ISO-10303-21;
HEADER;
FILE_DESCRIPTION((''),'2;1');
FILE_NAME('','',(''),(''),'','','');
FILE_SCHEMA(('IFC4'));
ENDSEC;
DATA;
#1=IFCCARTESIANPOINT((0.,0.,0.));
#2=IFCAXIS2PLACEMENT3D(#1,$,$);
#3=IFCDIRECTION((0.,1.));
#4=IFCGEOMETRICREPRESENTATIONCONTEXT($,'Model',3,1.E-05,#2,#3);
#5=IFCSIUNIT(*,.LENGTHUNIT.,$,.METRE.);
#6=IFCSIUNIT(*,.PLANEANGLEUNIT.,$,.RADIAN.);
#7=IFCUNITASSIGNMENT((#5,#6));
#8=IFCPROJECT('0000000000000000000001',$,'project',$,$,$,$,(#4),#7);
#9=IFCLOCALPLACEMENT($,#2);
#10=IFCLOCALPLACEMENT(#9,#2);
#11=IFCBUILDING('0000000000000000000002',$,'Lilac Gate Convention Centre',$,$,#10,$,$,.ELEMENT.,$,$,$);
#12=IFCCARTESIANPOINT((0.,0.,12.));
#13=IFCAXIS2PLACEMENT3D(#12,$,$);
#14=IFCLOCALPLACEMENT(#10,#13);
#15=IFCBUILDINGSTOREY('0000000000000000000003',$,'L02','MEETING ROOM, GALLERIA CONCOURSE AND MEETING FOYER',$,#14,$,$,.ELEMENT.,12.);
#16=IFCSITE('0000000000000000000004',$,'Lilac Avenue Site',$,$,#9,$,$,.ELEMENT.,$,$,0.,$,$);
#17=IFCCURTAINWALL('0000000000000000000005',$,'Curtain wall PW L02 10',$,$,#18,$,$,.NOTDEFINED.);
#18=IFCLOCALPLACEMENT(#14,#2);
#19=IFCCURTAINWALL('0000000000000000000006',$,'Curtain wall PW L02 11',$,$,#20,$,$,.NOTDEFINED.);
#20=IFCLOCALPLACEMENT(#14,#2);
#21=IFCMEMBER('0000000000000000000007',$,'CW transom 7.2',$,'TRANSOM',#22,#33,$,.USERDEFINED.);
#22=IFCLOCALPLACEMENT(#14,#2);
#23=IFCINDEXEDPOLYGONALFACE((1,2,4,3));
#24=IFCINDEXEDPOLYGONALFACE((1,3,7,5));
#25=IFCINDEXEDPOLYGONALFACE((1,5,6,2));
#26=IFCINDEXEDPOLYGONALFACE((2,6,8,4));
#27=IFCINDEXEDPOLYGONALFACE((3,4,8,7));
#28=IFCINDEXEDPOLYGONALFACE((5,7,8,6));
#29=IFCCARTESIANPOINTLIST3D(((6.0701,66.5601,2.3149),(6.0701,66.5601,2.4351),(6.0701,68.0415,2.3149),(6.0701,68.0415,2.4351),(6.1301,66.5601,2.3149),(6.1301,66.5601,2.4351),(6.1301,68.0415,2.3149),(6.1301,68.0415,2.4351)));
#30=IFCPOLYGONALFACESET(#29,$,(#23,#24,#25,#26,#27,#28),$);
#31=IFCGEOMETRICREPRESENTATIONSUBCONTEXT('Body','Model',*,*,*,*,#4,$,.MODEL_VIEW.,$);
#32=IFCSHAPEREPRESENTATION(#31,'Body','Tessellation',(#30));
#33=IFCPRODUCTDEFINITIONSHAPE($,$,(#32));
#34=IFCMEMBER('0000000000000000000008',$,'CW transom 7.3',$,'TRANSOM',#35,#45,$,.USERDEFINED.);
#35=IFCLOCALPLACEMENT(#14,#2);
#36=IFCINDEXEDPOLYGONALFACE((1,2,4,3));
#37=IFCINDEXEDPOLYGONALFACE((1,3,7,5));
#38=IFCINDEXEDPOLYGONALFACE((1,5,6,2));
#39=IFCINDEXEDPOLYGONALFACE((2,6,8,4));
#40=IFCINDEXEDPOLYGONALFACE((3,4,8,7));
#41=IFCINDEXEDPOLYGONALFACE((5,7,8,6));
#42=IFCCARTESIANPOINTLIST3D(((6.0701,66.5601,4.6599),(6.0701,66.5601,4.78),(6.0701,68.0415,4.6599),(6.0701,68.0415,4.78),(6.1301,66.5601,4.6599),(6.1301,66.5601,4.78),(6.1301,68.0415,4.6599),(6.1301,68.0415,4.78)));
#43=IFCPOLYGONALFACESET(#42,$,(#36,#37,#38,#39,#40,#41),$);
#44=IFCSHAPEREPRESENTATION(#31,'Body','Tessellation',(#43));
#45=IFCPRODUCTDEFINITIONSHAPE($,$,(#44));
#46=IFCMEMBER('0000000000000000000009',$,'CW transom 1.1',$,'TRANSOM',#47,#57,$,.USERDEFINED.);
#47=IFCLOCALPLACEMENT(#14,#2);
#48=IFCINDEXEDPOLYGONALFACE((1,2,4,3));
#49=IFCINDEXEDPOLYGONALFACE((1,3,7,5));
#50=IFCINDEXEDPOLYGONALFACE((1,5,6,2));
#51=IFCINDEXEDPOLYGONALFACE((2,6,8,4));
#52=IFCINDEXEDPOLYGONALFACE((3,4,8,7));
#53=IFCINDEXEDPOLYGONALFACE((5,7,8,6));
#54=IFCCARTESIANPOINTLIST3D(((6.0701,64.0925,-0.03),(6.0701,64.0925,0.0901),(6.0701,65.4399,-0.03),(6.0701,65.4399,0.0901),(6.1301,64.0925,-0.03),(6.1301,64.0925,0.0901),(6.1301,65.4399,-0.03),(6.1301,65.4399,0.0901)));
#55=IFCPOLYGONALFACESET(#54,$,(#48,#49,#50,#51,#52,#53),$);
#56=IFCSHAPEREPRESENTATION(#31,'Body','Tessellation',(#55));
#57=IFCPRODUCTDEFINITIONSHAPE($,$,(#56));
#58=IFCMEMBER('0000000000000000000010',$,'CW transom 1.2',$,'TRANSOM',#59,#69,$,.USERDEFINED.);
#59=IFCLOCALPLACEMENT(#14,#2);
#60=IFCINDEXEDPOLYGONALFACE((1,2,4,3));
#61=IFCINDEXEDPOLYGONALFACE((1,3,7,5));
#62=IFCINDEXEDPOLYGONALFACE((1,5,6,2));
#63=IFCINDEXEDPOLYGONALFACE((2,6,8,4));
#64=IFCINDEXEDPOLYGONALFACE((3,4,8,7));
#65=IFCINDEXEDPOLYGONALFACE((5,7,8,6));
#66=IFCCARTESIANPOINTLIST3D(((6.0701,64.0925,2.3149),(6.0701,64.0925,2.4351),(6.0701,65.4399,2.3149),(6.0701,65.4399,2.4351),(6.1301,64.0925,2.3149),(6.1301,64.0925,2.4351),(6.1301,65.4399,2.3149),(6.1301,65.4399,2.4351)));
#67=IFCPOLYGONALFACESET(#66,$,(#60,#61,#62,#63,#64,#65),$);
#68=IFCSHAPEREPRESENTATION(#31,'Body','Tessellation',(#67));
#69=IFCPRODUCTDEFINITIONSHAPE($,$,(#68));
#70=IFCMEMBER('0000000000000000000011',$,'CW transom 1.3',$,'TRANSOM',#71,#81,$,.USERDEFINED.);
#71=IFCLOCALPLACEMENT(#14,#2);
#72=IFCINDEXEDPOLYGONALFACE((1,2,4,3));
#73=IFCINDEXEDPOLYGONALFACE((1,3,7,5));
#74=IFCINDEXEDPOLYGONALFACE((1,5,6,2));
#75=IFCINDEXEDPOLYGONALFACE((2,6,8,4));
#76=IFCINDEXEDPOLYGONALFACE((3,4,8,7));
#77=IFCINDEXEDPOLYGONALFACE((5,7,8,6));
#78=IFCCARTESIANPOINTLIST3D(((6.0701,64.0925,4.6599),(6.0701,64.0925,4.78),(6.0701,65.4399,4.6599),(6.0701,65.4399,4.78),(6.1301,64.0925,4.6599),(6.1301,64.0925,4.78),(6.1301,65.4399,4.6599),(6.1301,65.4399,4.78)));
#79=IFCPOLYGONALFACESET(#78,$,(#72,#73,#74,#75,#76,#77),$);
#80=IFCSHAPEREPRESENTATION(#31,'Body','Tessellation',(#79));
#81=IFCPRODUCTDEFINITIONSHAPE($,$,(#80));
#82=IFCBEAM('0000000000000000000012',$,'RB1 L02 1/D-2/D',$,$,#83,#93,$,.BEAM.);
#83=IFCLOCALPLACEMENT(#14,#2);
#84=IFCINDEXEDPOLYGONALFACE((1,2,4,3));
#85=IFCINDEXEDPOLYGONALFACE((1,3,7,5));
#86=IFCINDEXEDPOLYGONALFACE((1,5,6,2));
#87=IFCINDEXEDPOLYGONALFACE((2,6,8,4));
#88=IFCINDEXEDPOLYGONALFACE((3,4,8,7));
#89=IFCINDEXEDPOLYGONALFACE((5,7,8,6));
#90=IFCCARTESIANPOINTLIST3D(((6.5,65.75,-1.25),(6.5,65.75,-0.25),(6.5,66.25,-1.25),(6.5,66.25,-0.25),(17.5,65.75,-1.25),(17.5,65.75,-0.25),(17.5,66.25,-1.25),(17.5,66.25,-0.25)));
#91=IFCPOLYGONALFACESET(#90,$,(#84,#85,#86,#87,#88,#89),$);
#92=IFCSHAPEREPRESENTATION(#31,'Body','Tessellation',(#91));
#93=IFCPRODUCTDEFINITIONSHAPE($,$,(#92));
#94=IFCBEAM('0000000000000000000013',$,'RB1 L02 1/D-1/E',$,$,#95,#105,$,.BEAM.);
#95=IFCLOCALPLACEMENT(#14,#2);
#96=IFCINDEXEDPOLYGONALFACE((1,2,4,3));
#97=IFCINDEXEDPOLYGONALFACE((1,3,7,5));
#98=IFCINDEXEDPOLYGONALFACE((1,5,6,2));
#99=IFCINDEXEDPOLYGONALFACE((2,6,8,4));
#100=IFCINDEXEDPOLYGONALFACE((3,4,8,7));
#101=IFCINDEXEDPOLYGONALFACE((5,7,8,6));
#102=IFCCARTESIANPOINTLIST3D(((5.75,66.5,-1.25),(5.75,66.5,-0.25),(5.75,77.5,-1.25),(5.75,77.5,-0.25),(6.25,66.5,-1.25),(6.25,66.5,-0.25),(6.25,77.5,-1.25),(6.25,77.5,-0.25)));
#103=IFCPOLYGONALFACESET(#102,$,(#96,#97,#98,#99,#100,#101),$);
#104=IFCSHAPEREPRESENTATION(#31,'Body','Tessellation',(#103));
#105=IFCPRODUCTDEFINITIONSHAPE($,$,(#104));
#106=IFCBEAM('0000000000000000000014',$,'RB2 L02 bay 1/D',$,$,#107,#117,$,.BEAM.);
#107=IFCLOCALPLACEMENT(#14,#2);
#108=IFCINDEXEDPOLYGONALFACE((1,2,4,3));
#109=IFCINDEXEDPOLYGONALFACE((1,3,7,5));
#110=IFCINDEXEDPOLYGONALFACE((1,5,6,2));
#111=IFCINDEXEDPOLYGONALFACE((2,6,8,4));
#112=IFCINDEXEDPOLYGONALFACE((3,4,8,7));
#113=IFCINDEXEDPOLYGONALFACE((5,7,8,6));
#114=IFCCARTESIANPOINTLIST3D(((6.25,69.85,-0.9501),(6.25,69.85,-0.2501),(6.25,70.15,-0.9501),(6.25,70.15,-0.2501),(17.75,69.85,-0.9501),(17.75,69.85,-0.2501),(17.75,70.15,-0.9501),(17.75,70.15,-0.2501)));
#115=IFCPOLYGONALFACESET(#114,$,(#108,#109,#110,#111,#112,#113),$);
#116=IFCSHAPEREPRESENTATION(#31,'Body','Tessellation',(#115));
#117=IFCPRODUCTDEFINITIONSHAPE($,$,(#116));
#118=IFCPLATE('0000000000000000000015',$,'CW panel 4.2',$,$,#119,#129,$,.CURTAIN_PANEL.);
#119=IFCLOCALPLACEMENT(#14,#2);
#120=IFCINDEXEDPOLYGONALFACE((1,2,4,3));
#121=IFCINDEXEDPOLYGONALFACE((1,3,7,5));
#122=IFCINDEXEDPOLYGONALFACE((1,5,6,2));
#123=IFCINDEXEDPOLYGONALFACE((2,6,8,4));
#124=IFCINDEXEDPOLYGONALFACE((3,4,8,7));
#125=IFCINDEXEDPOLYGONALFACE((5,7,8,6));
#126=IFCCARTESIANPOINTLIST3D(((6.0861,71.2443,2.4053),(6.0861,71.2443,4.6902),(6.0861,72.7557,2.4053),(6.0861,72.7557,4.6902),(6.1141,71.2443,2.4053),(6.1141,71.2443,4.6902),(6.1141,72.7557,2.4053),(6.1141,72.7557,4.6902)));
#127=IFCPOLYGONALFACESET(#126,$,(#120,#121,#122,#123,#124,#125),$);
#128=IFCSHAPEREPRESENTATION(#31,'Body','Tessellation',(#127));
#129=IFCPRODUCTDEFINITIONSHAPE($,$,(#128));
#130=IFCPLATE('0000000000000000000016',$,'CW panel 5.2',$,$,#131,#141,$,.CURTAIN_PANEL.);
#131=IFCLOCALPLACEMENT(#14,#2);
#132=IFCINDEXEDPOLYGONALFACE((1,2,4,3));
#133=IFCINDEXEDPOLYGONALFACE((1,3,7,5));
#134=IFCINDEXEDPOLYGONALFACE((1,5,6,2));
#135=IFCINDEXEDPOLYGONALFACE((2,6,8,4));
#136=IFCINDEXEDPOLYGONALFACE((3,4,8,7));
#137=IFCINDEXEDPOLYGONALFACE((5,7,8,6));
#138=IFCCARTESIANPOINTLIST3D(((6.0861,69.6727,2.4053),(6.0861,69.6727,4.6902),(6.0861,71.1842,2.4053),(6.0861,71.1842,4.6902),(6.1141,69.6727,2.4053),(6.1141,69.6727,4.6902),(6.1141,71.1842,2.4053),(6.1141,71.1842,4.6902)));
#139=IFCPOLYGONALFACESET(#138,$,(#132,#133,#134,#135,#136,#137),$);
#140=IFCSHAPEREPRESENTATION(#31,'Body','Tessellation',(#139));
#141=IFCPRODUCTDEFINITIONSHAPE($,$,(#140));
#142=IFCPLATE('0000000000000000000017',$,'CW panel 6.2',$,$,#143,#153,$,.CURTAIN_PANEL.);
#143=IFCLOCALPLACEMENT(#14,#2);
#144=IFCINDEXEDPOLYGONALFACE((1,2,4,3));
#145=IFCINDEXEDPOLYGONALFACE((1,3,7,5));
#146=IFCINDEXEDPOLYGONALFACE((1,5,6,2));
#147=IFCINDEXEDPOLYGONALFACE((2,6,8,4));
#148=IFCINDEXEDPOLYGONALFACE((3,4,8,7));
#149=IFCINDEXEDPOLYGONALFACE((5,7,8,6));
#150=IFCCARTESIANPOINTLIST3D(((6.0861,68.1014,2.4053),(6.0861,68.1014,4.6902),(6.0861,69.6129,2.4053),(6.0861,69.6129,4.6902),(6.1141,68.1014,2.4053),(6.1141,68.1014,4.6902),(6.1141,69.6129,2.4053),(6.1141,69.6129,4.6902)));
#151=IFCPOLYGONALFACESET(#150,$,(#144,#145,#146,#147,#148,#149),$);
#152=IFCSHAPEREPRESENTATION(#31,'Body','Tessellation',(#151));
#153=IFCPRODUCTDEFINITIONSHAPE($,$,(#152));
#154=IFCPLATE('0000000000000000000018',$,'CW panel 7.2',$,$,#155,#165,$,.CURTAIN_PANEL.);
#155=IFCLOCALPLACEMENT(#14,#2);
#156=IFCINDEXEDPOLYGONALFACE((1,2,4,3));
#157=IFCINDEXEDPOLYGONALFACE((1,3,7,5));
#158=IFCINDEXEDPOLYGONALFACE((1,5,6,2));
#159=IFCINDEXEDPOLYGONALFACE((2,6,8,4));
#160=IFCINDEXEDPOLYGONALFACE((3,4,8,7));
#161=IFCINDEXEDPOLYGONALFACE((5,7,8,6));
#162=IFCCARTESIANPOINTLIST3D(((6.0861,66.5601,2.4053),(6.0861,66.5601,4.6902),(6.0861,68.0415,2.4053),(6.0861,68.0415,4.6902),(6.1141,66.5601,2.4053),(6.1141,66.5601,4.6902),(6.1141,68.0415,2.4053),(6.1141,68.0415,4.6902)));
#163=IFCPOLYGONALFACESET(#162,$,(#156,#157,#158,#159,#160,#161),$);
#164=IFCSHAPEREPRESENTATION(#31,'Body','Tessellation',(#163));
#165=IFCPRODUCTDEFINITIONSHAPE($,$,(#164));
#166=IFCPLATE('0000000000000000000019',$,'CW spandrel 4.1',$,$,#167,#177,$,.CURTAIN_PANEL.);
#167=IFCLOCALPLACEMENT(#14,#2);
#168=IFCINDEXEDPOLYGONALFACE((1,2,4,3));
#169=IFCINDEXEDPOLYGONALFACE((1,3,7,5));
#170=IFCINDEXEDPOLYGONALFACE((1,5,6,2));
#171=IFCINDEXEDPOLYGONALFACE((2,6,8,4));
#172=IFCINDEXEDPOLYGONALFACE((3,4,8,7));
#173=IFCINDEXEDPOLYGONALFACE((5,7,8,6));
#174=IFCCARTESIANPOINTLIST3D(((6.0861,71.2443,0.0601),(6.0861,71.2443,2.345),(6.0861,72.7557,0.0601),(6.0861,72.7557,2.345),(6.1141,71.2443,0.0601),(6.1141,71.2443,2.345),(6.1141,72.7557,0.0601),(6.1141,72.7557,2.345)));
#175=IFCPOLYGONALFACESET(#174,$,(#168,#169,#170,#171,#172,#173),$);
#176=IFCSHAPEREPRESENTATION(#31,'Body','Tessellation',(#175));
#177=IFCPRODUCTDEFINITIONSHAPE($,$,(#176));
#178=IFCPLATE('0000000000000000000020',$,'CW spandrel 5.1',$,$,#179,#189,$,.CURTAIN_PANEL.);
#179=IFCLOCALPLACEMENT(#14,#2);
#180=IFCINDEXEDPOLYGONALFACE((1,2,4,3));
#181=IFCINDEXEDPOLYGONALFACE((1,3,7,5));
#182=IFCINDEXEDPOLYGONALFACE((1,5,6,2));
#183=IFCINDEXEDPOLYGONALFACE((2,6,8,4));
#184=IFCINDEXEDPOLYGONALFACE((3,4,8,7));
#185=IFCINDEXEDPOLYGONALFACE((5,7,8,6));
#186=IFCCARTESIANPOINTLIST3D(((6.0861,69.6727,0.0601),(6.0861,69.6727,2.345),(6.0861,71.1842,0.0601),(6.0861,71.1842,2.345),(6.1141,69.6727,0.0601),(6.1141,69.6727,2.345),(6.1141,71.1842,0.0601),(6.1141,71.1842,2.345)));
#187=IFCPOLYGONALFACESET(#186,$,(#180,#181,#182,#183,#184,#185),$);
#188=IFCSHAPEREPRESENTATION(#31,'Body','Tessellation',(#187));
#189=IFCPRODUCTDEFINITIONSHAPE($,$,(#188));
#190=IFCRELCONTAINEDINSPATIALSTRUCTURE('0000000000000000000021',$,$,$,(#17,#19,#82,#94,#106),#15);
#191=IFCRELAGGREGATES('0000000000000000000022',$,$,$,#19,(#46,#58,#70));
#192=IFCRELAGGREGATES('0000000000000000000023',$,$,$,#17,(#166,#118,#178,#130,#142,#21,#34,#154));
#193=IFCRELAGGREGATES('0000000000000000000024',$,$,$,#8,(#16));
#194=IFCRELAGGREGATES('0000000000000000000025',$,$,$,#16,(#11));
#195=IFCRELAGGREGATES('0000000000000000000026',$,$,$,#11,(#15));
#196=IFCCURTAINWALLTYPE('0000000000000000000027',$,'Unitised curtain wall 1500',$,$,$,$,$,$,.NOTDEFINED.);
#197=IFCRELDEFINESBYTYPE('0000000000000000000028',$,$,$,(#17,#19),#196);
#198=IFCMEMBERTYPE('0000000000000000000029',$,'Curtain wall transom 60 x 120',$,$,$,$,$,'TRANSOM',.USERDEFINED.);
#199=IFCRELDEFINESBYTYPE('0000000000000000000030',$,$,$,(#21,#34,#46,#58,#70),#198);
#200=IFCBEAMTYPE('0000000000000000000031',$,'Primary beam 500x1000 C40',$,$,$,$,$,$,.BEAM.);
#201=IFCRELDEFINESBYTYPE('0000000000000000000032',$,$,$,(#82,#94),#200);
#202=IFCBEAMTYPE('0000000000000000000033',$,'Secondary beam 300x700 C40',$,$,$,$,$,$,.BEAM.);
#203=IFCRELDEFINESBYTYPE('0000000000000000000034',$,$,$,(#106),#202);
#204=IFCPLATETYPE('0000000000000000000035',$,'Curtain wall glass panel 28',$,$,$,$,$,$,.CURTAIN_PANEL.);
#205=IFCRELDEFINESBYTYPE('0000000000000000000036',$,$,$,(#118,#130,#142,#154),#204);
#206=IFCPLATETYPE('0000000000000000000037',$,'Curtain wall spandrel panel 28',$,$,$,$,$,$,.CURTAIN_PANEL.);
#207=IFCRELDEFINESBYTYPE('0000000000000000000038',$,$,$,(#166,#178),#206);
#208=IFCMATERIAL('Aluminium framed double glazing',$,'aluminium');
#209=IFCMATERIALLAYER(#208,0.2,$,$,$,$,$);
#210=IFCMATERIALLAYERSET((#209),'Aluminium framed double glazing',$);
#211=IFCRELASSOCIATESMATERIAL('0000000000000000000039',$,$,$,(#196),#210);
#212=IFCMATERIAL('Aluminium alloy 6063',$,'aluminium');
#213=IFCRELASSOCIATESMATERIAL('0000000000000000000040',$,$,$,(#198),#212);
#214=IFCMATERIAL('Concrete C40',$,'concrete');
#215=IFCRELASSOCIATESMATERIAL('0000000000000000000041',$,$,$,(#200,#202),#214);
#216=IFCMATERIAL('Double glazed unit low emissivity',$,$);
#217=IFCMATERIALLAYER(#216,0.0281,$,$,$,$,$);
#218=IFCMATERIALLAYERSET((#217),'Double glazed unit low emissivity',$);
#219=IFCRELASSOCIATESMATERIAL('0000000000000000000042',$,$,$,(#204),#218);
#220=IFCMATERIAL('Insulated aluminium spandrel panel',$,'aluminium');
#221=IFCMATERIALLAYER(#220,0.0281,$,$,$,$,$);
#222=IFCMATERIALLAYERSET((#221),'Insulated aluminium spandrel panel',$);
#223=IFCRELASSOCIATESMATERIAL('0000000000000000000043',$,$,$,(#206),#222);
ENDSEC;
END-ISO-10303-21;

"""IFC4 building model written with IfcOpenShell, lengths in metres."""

from ifc_helpers import new_model, si_unit, direction, frame, origin, origin_2d, place, context, subcontext, project, spatial, rectangle, extrude, material, layer, layer_set, material_profile, profile_set, type_object, element, aggregate, save


model = new_model("IFC4")

# Units and contexts
model_context = context("Model", 3, precision=1e-05, world=origin(), true_north=direction((0.0, 1.0)))
body_context = subcontext(model_context, "Body", "Model", "MODEL_VIEW")
ifc_project = project(units=[si_unit("LENGTHUNIT", "METRE"), si_unit("PLANEANGLEUNIT", "RADIAN")], contexts=[model_context])

# Site, building, storey
site_placement = place(None, origin())
site = spatial("IfcSite", under=ifc_project, at=site_placement, Name="Lilac Avenue Site", CompositionType="ELEMENT", RefElevation=0.0)
building_placement = place(site_placement, origin())
building = spatial("IfcBuilding", under=site, at=building_placement, Name="Lilac Gate Convention Centre", CompositionType="ELEMENT")
storey_placement = place(building_placement, frame((0.0, 0.0, 12.0)))
storey = spatial("IfcBuildingStorey", under=building, at=storey_placement, Name="L02", Description="MEETING ROOM, GALLERIA CONCOURSE AND MEETING FOYER", CompositionType="ELEMENT", Elevation=12.0)

# Shared definitions
ifc_material_1 = material(Name="Concrete C40", Category="concrete")

# Curtain wall
ifc_material_2 = material(Name="Aluminium framed double glazing", Category="aluminium")
ifc_layer_1 = layer(ifc_material_2, 0.2)
ifc_layer_set_1 = layer_set([ifc_layer_1], Name="Aluminium framed double glazing")
curtain_wall_type = type_object("IfcCurtainWallType", Name="Unitised curtain wall 1500", PredefinedType="NOTDEFINED", material=ifc_layer_set_1)
curtain_wall_1_placement = place(storey_placement, origin())
curtain_wall_1 = element("IfcCurtainWall", 1, at=curtain_wall_1_placement, inside=storey, type_object=curtain_wall_type, Name="Curtain wall PW L02 10", PredefinedType="NOTDEFINED")
ifc_material_3 = material(Name="Aluminium alloy 6063", Category="aluminium")

# Curtain wall
curtain_wall_2_placement = place(storey_placement, origin())
curtain_wall_2 = element("IfcCurtainWall", 2, at=curtain_wall_2_placement, inside=storey, type_object=curtain_wall_type, Name="Curtain wall PW L02 11", PredefinedType="NOTDEFINED")

# Members
ifc_material_profile_1 = material_profile(ifc_material_3, rectangle(XDim=0.0601, YDim=0.1201, at=origin_2d()), Name="Curtain wall transom 60 x 120")
ifc_profile_set_1 = profile_set([ifc_material_profile_1], Name="Aluminium alloy 6063")
member_type_1 = type_object("IfcMemberType", Name="Curtain wall transom 60 x 120", ElementType="TRANSOM", PredefinedType="USERDEFINED", material=ifc_profile_set_1)
member_1_placement = place(storey_placement, frame((6.1001, 68.0415, 2.375), z_axis=(0.0, -1.0, 0.0), x_axis=(1.0, 0.0, 0.0)))
member_1 = element("IfcMember", 3, at=member_1_placement, type_object=member_type_1, Name="CW transom 7.2", ObjectType="TRANSOM", PredefinedType="USERDEFINED", context=body_context, shape_type="SweptSolid", body=[
    extrude(rectangle(XDim=0.0601, YDim=0.1201, at=origin_2d()), origin(), (0.0, 0.0, 1.0), 1.4814),
])
member_2_placement = place(storey_placement, frame((6.1001, 68.0415, 4.72), z_axis=(0.0, -1.0, 0.0), x_axis=(1.0, 0.0, 0.0)))
member_2 = element("IfcMember", 4, at=member_2_placement, type_object=member_type_1, Name="CW transom 7.3", ObjectType="TRANSOM", PredefinedType="USERDEFINED", context=body_context, shape_type="SweptSolid", body=[
    extrude(rectangle(XDim=0.0601, YDim=0.1201, at=origin_2d()), origin(), (0.0, 0.0, 1.0), 1.4814),
])
member_3_placement = place(storey_placement, frame((6.1001, 65.4399, 0.03), z_axis=(0.0, -1.0, 0.0), x_axis=(1.0, 0.0, 0.0)))
member_3 = element("IfcMember", 5, at=member_3_placement, type_object=member_type_1, Name="CW transom 1.1", ObjectType="TRANSOM", PredefinedType="USERDEFINED", context=body_context, shape_type="SweptSolid", body=[
    extrude(rectangle(XDim=0.0601, YDim=0.1201, at=origin_2d()), origin(), (0.0, 0.0, 1.0), 1.3474),
])
member_4_placement = place(storey_placement, frame((6.1001, 65.4399, 2.375), z_axis=(0.0, -1.0, 0.0), x_axis=(1.0, 0.0, 0.0)))
member_4 = element("IfcMember", 6, at=member_4_placement, type_object=member_type_1, Name="CW transom 1.2", ObjectType="TRANSOM", PredefinedType="USERDEFINED", context=body_context, shape_type="SweptSolid", body=[
    extrude(rectangle(XDim=0.0601, YDim=0.1201, at=origin_2d()), origin(), (0.0, 0.0, 1.0), 1.3474),
])
member_5_placement = place(storey_placement, frame((6.1001, 65.4399, 4.72), z_axis=(0.0, -1.0, 0.0), x_axis=(1.0, 0.0, 0.0)))
member_5 = element("IfcMember", 7, at=member_5_placement, type_object=member_type_1, Name="CW transom 1.3", ObjectType="TRANSOM", PredefinedType="USERDEFINED", context=body_context, shape_type="SweptSolid", body=[
    extrude(rectangle(XDim=0.0601, YDim=0.1201, at=origin_2d()), origin(), (0.0, 0.0, 1.0), 1.3474),
])
aggregate(curtain_wall_2, [member_3, member_4, member_5])

# Beams
ifc_material_profile_2 = material_profile(ifc_material_1, rectangle(XDim=0.5, YDim=1.0, at=origin_2d()), Name="RC 500x1000")
ifc_profile_set_2 = profile_set([ifc_material_profile_2], Name="Concrete C40")
beam_type_1 = type_object("IfcBeamType", Name="Primary beam 500x1000 C40", PredefinedType="BEAM", material=ifc_profile_set_2)
for number, where, z_axis, x_axis, name in (
    (8, (6.5, 66.0, -0.75), (1.0, 0.0, 0.0), (0.0, 1.0, 0.0), "RB1 L02 1/D-2/D"),
    (9, (6.0, 66.5, -0.75), (0.0, 1.0, 0.0), (-1.0, 0.0, 0.0), "RB1 L02 1/D-1/E"),
):
    element("IfcBeam", number, at=place(storey_placement, frame(where, z_axis=z_axis, x_axis=x_axis)), inside=storey, type_object=beam_type_1, Name=name, PredefinedType="BEAM", context=body_context, shape_type="SweptSolid", body=[
        extrude(rectangle(XDim=0.5, YDim=1.0, at=origin_2d()), origin(), (0.0, 0.0, 1.0), 11.0),
    ])
ifc_material_profile_3 = material_profile(ifc_material_1, rectangle(XDim=0.3, YDim=0.7, at=origin_2d()), Name="RC 300x700")
ifc_profile_set_3 = profile_set([ifc_material_profile_3], Name="Concrete C40")
beam_type_2 = type_object("IfcBeamType", Name="Secondary beam 300x700 C40", PredefinedType="BEAM", material=ifc_profile_set_3)
beam_placement = place(storey_placement, frame((6.25, 70.0, -0.6001), z_axis=(1.0, 0.0, 0.0), x_axis=(0.0, 1.0, 0.0)))
element("IfcBeam", 10, at=beam_placement, inside=storey, type_object=beam_type_2, Name="RB2 L02 bay 1/D", PredefinedType="BEAM", context=body_context, shape_type="SweptSolid", body=[
    extrude(rectangle(XDim=0.3, YDim=0.7, at=origin_2d()), origin(), (0.0, 0.0, 1.0), 11.5),
])

# Plates
ifc_material_4 = material(Name="Double glazed unit low emissivity")
ifc_layer_2 = layer(ifc_material_4, 0.0281)
ifc_layer_set_2 = layer_set([ifc_layer_2], Name="Double glazed unit low emissivity")
plate_type_1 = type_object("IfcPlateType", Name="Curtain wall glass panel 28", PredefinedType="CURTAIN_PANEL", material=ifc_layer_set_2)
plate_1_placement = place(storey_placement, frame((6.1001, 72.0, 2.4053), z_axis=(0.0, 0.0, 1.0), x_axis=(0.0, -1.0, 0.0)))
plate_1 = element("IfcPlate", 11, at=plate_1_placement, type_object=plate_type_1, Name="CW panel 4.2", PredefinedType="CURTAIN_PANEL", context=body_context, shape_type="SweptSolid", body=[
    extrude(rectangle(XDim=1.5115, YDim=0.0281, at=origin_2d()), origin(), (0.0, 0.0, 1.0), 2.2849),
])
plate_2_placement = place(storey_placement, frame((6.1001, 70.4285, 2.4053), z_axis=(0.0, 0.0, 1.0), x_axis=(0.0, -1.0, 0.0)))
plate_2 = element("IfcPlate", 12, at=plate_2_placement, type_object=plate_type_1, Name="CW panel 5.2", PredefinedType="CURTAIN_PANEL", context=body_context, shape_type="SweptSolid", body=[
    extrude(rectangle(XDim=1.5115, YDim=0.0281, at=origin_2d()), origin(), (0.0, 0.0, 1.0), 2.2849),
])
plate_3_placement = place(storey_placement, frame((6.1001, 68.8572, 2.4053), z_axis=(0.0, 0.0, 1.0), x_axis=(0.0, -1.0, 0.0)))
plate_3 = element("IfcPlate", 13, at=plate_3_placement, type_object=plate_type_1, Name="CW panel 6.2", PredefinedType="CURTAIN_PANEL", context=body_context, shape_type="SweptSolid", body=[
    extrude(rectangle(XDim=1.5115, YDim=0.0281, at=origin_2d()), origin(), (0.0, 0.0, 1.0), 2.2849),
])
plate_4_placement = place(storey_placement, frame((6.1001, 67.3008, 2.4053), z_axis=(0.0, 0.0, 1.0), x_axis=(0.0, -1.0, 0.0)))
plate_4 = element("IfcPlate", 14, at=plate_4_placement, type_object=plate_type_1, Name="CW panel 7.2", PredefinedType="CURTAIN_PANEL", context=body_context, shape_type="SweptSolid", body=[
    extrude(rectangle(XDim=1.4814, YDim=0.0281, at=origin_2d()), origin(), (0.0, 0.0, 1.0), 2.2849),
])
ifc_material_5 = material(Name="Insulated aluminium spandrel panel", Category="aluminium")
ifc_layer_3 = layer(ifc_material_5, 0.0281)
ifc_layer_set_3 = layer_set([ifc_layer_3], Name="Insulated aluminium spandrel panel")
plate_type_2 = type_object("IfcPlateType", Name="Curtain wall spandrel panel 28", PredefinedType="CURTAIN_PANEL", material=ifc_layer_set_3)
plate_5_placement = place(storey_placement, frame((6.1001, 72.0, 0.0601), z_axis=(0.0, 0.0, 1.0), x_axis=(0.0, -1.0, 0.0)))
plate_5 = element("IfcPlate", 15, at=plate_5_placement, type_object=plate_type_2, Name="CW spandrel 4.1", PredefinedType="CURTAIN_PANEL", context=body_context, shape_type="SweptSolid", body=[
    extrude(rectangle(XDim=1.5115, YDim=0.0281, at=origin_2d()), origin(), (0.0, 0.0, 1.0), 2.2849),
])
plate_6_placement = place(storey_placement, frame((6.1001, 70.4285, 0.0601), z_axis=(0.0, 0.0, 1.0), x_axis=(0.0, -1.0, 0.0)))
plate_6 = element("IfcPlate", 16, at=plate_6_placement, type_object=plate_type_2, Name="CW spandrel 5.1", PredefinedType="CURTAIN_PANEL", context=body_context, shape_type="SweptSolid", body=[
    extrude(rectangle(XDim=1.5115, YDim=0.0281, at=origin_2d()), origin(), (0.0, 0.0, 1.0), 2.2849),
])
aggregate(curtain_wall_1, [plate_5, plate_1, plate_6, plate_2, plate_3, member_1, member_2, plate_4])

save(model, "model.ifc")
